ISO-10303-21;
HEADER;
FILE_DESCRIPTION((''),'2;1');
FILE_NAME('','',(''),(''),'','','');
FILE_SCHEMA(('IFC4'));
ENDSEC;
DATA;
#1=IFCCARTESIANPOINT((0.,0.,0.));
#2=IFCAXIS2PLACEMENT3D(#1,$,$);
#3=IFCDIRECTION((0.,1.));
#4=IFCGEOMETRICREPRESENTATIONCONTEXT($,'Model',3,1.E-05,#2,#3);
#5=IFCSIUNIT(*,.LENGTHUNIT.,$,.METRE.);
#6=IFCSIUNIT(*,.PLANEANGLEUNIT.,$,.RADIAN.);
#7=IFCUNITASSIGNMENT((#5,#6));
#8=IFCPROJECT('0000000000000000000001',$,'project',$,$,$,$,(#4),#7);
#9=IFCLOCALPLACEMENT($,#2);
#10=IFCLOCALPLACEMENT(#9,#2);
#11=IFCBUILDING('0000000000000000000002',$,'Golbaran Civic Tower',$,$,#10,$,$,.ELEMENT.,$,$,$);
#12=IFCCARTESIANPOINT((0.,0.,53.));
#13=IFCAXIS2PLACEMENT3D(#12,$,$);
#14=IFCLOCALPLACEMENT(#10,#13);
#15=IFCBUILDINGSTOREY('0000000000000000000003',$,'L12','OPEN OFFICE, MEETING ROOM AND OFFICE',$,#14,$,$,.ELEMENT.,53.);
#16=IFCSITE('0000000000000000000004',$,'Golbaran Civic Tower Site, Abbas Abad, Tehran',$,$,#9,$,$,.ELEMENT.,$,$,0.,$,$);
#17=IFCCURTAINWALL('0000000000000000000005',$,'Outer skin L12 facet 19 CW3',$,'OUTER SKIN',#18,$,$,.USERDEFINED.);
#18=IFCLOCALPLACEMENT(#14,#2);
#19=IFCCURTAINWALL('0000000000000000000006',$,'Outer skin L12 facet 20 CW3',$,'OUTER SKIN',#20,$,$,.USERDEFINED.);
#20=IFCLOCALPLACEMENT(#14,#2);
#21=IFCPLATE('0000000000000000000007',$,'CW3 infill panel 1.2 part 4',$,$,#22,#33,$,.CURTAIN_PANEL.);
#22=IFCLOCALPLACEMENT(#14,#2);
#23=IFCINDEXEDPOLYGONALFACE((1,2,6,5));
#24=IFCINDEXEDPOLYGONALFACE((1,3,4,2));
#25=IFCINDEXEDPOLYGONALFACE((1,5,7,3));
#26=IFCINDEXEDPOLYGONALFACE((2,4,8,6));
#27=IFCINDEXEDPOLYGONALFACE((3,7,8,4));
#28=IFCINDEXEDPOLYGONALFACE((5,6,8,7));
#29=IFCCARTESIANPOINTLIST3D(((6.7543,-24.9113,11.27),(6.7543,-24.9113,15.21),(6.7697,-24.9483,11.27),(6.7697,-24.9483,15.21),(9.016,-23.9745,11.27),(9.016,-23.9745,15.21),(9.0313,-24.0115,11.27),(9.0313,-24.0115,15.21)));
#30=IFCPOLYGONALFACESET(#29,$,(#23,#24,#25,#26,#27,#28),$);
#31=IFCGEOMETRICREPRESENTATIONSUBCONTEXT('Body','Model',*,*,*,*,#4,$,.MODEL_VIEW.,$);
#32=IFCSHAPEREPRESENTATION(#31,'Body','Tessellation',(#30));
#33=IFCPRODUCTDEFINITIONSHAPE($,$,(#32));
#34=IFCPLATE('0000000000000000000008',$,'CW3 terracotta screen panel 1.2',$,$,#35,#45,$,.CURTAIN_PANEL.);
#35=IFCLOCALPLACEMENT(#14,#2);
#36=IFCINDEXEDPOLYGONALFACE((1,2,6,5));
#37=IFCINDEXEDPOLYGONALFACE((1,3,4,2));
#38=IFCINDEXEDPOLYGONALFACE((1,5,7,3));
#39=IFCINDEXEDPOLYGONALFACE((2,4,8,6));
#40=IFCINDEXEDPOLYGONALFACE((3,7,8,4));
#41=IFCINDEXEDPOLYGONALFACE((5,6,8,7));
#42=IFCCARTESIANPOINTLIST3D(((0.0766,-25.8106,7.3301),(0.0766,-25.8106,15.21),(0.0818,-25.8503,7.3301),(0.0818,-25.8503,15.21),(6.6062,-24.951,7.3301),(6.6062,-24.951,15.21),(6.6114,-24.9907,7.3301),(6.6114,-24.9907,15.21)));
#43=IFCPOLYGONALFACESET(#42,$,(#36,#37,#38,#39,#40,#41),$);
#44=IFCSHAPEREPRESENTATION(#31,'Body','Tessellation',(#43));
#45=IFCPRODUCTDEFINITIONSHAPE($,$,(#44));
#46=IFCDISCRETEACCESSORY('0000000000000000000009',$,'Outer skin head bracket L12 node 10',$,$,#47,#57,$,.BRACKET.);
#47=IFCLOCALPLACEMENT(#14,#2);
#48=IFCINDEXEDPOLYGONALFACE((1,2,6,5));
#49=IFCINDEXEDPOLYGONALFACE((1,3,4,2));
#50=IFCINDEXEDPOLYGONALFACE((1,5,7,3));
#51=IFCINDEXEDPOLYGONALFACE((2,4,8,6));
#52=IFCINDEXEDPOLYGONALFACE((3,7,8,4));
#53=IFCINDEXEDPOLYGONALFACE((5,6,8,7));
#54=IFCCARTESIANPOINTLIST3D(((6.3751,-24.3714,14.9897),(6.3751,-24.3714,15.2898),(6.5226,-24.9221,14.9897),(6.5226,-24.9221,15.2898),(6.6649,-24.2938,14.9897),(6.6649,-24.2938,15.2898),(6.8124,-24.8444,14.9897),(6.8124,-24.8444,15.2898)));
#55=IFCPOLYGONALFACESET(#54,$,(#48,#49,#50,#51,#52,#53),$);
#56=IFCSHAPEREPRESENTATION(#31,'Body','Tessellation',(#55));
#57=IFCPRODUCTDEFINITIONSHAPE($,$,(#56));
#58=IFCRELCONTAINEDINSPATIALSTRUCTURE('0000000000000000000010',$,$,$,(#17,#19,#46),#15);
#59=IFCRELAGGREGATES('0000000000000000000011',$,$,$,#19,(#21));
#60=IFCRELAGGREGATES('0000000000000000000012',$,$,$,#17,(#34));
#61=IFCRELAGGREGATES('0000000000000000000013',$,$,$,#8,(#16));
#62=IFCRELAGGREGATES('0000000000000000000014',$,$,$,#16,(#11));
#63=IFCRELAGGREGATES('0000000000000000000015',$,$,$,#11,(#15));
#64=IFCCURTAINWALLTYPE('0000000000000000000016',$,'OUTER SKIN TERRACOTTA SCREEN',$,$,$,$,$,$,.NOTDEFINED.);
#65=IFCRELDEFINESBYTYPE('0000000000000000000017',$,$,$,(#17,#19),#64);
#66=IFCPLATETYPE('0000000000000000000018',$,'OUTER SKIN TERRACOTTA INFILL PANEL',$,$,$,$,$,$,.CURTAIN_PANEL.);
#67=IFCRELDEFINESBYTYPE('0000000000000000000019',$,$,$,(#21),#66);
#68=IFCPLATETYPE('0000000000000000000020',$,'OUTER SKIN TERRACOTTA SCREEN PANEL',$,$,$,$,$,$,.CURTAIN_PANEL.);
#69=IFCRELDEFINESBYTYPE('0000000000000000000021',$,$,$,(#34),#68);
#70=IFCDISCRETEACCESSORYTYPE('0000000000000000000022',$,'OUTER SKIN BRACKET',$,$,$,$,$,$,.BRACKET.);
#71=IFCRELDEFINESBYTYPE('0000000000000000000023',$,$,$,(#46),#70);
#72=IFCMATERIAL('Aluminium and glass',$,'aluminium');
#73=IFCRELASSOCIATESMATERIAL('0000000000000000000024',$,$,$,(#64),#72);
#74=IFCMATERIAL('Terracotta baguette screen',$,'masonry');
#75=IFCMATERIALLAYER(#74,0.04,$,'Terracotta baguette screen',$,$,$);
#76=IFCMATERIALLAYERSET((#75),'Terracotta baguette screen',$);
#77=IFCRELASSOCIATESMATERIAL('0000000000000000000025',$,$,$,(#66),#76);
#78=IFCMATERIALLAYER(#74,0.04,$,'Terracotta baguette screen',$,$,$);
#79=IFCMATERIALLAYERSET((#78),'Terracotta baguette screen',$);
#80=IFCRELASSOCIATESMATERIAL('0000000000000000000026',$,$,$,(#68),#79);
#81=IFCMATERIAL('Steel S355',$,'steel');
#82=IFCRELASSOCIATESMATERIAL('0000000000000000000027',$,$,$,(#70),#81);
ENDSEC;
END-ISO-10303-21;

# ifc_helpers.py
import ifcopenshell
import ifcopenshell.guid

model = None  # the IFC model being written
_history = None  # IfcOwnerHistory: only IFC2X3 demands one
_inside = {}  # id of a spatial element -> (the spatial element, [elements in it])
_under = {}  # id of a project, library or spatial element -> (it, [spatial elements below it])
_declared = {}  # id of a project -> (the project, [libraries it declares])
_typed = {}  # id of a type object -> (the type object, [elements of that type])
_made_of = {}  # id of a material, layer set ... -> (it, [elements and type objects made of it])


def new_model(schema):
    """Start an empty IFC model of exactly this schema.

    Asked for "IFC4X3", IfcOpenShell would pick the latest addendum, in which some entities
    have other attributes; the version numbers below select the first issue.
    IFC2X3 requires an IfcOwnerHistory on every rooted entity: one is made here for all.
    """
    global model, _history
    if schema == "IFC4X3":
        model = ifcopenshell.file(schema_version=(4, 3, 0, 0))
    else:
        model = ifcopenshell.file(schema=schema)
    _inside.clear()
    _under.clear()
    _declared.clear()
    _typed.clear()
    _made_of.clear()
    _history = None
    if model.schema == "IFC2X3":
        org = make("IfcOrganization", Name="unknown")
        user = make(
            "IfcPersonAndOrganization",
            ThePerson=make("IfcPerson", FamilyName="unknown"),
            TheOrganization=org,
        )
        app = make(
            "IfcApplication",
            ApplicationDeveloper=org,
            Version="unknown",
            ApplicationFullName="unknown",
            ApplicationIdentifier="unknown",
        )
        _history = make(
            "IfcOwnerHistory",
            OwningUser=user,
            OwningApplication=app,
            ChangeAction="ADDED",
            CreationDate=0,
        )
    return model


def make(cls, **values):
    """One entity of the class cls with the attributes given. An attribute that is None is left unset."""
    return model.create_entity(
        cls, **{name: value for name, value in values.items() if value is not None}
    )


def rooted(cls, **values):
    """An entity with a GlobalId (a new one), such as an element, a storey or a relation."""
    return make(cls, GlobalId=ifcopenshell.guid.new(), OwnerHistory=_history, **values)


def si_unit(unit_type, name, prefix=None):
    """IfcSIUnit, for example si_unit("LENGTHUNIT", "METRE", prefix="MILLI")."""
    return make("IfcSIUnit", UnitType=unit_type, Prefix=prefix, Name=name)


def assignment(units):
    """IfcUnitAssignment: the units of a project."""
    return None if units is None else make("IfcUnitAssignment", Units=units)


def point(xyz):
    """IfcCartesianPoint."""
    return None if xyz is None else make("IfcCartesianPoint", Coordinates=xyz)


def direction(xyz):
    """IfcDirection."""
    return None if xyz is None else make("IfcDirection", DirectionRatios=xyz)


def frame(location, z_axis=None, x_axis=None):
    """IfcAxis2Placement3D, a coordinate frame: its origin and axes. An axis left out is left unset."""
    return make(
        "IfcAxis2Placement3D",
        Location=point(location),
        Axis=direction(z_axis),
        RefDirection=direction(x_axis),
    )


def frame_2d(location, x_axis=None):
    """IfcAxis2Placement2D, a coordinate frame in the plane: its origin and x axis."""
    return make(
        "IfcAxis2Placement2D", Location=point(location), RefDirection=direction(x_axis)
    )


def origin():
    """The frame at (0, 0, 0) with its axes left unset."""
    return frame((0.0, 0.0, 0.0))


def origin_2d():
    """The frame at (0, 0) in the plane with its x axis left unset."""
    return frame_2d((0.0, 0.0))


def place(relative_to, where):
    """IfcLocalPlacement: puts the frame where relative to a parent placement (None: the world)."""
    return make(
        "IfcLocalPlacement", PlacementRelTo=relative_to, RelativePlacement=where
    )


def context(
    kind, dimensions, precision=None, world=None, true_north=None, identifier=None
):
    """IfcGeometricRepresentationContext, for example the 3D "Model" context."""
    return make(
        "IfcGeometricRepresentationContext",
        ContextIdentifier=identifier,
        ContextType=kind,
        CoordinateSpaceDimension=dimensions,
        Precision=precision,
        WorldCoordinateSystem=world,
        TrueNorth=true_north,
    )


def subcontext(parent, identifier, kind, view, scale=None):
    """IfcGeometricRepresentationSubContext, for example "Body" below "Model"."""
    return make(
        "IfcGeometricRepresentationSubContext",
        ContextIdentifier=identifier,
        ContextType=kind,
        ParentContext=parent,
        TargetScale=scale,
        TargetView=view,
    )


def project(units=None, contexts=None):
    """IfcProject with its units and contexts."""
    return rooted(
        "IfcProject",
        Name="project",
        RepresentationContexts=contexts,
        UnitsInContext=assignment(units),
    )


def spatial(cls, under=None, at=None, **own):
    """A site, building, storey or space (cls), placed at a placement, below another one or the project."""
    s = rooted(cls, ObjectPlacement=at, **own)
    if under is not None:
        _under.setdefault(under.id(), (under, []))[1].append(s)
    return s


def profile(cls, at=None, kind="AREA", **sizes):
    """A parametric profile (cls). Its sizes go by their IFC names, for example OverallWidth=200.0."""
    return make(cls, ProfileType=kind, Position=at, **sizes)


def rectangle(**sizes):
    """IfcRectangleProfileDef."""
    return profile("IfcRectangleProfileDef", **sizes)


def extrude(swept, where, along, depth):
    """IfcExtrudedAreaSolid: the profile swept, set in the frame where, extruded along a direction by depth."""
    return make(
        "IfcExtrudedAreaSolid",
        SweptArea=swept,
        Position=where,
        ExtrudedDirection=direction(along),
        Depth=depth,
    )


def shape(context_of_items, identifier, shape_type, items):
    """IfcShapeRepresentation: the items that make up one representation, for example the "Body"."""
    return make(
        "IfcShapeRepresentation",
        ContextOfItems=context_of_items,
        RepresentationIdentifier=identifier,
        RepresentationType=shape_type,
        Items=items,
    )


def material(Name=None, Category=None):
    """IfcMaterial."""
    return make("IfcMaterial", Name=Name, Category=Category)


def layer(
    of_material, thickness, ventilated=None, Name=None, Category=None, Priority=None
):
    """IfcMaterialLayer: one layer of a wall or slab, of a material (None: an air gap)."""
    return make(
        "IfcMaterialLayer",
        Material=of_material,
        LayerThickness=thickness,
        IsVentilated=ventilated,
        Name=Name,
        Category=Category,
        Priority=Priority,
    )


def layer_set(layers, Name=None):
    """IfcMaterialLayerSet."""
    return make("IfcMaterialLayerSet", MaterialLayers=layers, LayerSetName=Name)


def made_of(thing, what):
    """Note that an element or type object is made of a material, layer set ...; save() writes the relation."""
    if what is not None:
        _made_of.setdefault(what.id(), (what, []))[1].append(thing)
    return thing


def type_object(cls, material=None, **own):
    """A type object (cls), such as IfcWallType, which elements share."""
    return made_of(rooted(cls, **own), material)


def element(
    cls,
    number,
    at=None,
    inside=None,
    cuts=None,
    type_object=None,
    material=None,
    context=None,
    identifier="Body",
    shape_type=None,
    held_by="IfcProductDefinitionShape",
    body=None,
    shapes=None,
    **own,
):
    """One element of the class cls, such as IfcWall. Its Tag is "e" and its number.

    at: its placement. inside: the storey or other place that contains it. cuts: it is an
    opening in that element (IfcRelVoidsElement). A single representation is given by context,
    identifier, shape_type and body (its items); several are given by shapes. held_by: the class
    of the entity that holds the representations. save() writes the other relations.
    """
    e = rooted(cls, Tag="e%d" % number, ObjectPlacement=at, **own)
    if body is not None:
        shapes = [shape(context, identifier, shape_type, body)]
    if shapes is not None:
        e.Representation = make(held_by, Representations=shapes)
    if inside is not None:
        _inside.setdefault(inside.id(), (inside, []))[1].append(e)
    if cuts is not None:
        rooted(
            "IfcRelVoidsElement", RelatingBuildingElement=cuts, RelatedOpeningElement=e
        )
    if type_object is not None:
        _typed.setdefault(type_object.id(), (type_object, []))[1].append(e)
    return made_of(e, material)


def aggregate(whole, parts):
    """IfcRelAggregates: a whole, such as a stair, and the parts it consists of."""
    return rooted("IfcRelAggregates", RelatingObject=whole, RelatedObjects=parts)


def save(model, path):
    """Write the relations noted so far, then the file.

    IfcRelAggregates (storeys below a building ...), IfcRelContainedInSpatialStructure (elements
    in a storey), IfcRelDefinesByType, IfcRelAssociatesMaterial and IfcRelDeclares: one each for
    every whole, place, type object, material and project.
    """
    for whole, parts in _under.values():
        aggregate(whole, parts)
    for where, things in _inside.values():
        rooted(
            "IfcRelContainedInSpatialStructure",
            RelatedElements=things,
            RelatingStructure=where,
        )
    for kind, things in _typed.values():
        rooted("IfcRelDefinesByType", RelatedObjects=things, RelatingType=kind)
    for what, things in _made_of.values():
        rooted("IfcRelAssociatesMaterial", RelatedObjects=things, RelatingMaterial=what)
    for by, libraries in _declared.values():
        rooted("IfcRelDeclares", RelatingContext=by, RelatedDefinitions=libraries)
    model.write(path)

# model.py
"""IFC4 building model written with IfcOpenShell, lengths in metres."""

from ifc_helpers import new_model, si_unit, direction, frame, origin, origin_2d, place, context, subcontext, project, spatial, rectangle, extrude, material, layer, layer_set, type_object, element, aggregate, save


model = new_model("IFC4")

# Units and contexts
model_context = context("Model", 3, precision=1e-05, world=origin(), true_north=direction((0.0, 1.0)))
body_context = subcontext(model_context, "Body", "Model", "MODEL_VIEW")
ifc_project = project(units=[si_unit("LENGTHUNIT", "METRE"), si_unit("PLANEANGLEUNIT", "RADIAN")], contexts=[model_context])

# Site, building, storey
site_placement = place(None, origin())
site = spatial("IfcSite", under=ifc_project, at=site_placement, Name="Golbaran Civic Tower Site, Abbas Abad, Tehran", CompositionType="ELEMENT", RefElevation=0.0)
building_placement = place(site_placement, origin())
building = spatial("IfcBuilding", under=site, at=building_placement, Name="Golbaran Civic Tower", CompositionType="ELEMENT")
storey_placement = place(building_placement, frame((0.0, 0.0, 53.0)))
storey = spatial("IfcBuildingStorey", under=building, at=storey_placement, Name="L12", Description="OPEN OFFICE, MEETING ROOM AND OFFICE", CompositionType="ELEMENT", Elevation=53.0)

# Curtain walls
ifc_material_1 = material(Name="Aluminium and glass", Category="aluminium")
curtain_wall_type_1 = type_object("IfcCurtainWallType", Name="OUTER SKIN TERRACOTTA SCREEN", PredefinedType="NOTDEFINED", material=ifc_material_1)
curtain_wall_1_placement = place(storey_placement, origin())
curtain_wall_1 = element("IfcCurtainWall", 1, at=curtain_wall_1_placement, inside=storey, type_object=curtain_wall_type_1, Name="Outer skin L12 facet 19 CW3", ObjectType="OUTER SKIN", PredefinedType="USERDEFINED")
curtain_wall_2_placement = place(storey_placement, origin())
curtain_wall_2 = element("IfcCurtainWall", 2, at=curtain_wall_2_placement, inside=storey, type_object=curtain_wall_type_1, Name="Outer skin L12 facet 20 CW3", ObjectType="OUTER SKIN", PredefinedType="USERDEFINED")

# Plates
ifc_material_2 = material(Name="Terracotta baguette screen", Category="masonry")
ifc_layer_1 = layer(ifc_material_2, 0.04, Name="Terracotta baguette screen")
ifc_layer_set_1 = layer_set([ifc_layer_1], Name="Terracotta baguette screen")
plate_type_1 = type_object("IfcPlateType", Name="OUTER SKIN TERRACOTTA INFILL PANEL", PredefinedType="CURTAIN_PANEL", material=ifc_layer_set_1)
plate_1_placement = place(storey_placement, frame((7.8928, -24.4614, 11.27), z_axis=(0.0, 0.0, 1.0), x_axis=(0.92388, 0.382683, 0.0)))
plate_1 = element("IfcPlate", 3, at=plate_1_placement, type_object=plate_type_1, Name="CW3 infill panel 1.2 part 4", PredefinedType="CURTAIN_PANEL", context=body_context, shape_type="SweptSolid", body=[
    extrude(rectangle(XDim=2.448, YDim=0.04, at=origin_2d()), origin(), (0.0, 0.0, 1.0), 3.9399),
])
aggregate(curtain_wall_2, [plate_1])
ifc_layer_2 = layer(ifc_material_2, 0.04, Name="Terracotta baguette screen")
ifc_layer_set_2 = layer_set([ifc_layer_2], Name="Terracotta baguette screen")
plate_type_2 = type_object("IfcPlateType", Name="OUTER SKIN TERRACOTTA SCREEN PANEL", PredefinedType="CURTAIN_PANEL", material=ifc_layer_set_2)
plate_2_placement = place(storey_placement, frame((3.344, -25.4006, 7.3301), z_axis=(0.0, 0.0, 1.0), x_axis=(0.991445, 0.130526, 0.0)))
plate_2 = element("IfcPlate", 4, at=plate_2_placement, type_object=plate_type_2, Name="CW3 terracotta screen panel 1.2", PredefinedType="CURTAIN_PANEL", context=body_context, shape_type="SweptSolid", body=[
    extrude(rectangle(XDim=6.5859, YDim=0.04, at=origin_2d()), origin(), (0.0, 0.0, 1.0), 7.8799),
])
aggregate(curtain_wall_1, [plate_2])

# Discrete accessory
ifc_material_3 = material(Name="Steel S355", Category="steel")
discrete_accessory_type = type_object("IfcDiscreteAccessoryType", Name="OUTER SKIN BRACKET", PredefinedType="BRACKET", material=ifc_material_3)
discrete_accessory_placement = place(storey_placement, frame((6.5938, -24.6079, 14.9897), z_axis=(0.0, 0.0, 1.0), x_axis=(0.258819, -0.965926, 0.0)))
element("IfcDiscreteAccessory", 5, at=discrete_accessory_placement, inside=storey, type_object=discrete_accessory_type, Name="Outer skin head bracket L12 node 10", PredefinedType="BRACKET", context=body_context, shape_type="SweptSolid", body=[
    extrude(rectangle(XDim=0.5701, YDim=0.3, at=origin_2d()), origin(), (0.0, 0.0, 1.0), 0.3),
])

save(model, "model.ifc")
